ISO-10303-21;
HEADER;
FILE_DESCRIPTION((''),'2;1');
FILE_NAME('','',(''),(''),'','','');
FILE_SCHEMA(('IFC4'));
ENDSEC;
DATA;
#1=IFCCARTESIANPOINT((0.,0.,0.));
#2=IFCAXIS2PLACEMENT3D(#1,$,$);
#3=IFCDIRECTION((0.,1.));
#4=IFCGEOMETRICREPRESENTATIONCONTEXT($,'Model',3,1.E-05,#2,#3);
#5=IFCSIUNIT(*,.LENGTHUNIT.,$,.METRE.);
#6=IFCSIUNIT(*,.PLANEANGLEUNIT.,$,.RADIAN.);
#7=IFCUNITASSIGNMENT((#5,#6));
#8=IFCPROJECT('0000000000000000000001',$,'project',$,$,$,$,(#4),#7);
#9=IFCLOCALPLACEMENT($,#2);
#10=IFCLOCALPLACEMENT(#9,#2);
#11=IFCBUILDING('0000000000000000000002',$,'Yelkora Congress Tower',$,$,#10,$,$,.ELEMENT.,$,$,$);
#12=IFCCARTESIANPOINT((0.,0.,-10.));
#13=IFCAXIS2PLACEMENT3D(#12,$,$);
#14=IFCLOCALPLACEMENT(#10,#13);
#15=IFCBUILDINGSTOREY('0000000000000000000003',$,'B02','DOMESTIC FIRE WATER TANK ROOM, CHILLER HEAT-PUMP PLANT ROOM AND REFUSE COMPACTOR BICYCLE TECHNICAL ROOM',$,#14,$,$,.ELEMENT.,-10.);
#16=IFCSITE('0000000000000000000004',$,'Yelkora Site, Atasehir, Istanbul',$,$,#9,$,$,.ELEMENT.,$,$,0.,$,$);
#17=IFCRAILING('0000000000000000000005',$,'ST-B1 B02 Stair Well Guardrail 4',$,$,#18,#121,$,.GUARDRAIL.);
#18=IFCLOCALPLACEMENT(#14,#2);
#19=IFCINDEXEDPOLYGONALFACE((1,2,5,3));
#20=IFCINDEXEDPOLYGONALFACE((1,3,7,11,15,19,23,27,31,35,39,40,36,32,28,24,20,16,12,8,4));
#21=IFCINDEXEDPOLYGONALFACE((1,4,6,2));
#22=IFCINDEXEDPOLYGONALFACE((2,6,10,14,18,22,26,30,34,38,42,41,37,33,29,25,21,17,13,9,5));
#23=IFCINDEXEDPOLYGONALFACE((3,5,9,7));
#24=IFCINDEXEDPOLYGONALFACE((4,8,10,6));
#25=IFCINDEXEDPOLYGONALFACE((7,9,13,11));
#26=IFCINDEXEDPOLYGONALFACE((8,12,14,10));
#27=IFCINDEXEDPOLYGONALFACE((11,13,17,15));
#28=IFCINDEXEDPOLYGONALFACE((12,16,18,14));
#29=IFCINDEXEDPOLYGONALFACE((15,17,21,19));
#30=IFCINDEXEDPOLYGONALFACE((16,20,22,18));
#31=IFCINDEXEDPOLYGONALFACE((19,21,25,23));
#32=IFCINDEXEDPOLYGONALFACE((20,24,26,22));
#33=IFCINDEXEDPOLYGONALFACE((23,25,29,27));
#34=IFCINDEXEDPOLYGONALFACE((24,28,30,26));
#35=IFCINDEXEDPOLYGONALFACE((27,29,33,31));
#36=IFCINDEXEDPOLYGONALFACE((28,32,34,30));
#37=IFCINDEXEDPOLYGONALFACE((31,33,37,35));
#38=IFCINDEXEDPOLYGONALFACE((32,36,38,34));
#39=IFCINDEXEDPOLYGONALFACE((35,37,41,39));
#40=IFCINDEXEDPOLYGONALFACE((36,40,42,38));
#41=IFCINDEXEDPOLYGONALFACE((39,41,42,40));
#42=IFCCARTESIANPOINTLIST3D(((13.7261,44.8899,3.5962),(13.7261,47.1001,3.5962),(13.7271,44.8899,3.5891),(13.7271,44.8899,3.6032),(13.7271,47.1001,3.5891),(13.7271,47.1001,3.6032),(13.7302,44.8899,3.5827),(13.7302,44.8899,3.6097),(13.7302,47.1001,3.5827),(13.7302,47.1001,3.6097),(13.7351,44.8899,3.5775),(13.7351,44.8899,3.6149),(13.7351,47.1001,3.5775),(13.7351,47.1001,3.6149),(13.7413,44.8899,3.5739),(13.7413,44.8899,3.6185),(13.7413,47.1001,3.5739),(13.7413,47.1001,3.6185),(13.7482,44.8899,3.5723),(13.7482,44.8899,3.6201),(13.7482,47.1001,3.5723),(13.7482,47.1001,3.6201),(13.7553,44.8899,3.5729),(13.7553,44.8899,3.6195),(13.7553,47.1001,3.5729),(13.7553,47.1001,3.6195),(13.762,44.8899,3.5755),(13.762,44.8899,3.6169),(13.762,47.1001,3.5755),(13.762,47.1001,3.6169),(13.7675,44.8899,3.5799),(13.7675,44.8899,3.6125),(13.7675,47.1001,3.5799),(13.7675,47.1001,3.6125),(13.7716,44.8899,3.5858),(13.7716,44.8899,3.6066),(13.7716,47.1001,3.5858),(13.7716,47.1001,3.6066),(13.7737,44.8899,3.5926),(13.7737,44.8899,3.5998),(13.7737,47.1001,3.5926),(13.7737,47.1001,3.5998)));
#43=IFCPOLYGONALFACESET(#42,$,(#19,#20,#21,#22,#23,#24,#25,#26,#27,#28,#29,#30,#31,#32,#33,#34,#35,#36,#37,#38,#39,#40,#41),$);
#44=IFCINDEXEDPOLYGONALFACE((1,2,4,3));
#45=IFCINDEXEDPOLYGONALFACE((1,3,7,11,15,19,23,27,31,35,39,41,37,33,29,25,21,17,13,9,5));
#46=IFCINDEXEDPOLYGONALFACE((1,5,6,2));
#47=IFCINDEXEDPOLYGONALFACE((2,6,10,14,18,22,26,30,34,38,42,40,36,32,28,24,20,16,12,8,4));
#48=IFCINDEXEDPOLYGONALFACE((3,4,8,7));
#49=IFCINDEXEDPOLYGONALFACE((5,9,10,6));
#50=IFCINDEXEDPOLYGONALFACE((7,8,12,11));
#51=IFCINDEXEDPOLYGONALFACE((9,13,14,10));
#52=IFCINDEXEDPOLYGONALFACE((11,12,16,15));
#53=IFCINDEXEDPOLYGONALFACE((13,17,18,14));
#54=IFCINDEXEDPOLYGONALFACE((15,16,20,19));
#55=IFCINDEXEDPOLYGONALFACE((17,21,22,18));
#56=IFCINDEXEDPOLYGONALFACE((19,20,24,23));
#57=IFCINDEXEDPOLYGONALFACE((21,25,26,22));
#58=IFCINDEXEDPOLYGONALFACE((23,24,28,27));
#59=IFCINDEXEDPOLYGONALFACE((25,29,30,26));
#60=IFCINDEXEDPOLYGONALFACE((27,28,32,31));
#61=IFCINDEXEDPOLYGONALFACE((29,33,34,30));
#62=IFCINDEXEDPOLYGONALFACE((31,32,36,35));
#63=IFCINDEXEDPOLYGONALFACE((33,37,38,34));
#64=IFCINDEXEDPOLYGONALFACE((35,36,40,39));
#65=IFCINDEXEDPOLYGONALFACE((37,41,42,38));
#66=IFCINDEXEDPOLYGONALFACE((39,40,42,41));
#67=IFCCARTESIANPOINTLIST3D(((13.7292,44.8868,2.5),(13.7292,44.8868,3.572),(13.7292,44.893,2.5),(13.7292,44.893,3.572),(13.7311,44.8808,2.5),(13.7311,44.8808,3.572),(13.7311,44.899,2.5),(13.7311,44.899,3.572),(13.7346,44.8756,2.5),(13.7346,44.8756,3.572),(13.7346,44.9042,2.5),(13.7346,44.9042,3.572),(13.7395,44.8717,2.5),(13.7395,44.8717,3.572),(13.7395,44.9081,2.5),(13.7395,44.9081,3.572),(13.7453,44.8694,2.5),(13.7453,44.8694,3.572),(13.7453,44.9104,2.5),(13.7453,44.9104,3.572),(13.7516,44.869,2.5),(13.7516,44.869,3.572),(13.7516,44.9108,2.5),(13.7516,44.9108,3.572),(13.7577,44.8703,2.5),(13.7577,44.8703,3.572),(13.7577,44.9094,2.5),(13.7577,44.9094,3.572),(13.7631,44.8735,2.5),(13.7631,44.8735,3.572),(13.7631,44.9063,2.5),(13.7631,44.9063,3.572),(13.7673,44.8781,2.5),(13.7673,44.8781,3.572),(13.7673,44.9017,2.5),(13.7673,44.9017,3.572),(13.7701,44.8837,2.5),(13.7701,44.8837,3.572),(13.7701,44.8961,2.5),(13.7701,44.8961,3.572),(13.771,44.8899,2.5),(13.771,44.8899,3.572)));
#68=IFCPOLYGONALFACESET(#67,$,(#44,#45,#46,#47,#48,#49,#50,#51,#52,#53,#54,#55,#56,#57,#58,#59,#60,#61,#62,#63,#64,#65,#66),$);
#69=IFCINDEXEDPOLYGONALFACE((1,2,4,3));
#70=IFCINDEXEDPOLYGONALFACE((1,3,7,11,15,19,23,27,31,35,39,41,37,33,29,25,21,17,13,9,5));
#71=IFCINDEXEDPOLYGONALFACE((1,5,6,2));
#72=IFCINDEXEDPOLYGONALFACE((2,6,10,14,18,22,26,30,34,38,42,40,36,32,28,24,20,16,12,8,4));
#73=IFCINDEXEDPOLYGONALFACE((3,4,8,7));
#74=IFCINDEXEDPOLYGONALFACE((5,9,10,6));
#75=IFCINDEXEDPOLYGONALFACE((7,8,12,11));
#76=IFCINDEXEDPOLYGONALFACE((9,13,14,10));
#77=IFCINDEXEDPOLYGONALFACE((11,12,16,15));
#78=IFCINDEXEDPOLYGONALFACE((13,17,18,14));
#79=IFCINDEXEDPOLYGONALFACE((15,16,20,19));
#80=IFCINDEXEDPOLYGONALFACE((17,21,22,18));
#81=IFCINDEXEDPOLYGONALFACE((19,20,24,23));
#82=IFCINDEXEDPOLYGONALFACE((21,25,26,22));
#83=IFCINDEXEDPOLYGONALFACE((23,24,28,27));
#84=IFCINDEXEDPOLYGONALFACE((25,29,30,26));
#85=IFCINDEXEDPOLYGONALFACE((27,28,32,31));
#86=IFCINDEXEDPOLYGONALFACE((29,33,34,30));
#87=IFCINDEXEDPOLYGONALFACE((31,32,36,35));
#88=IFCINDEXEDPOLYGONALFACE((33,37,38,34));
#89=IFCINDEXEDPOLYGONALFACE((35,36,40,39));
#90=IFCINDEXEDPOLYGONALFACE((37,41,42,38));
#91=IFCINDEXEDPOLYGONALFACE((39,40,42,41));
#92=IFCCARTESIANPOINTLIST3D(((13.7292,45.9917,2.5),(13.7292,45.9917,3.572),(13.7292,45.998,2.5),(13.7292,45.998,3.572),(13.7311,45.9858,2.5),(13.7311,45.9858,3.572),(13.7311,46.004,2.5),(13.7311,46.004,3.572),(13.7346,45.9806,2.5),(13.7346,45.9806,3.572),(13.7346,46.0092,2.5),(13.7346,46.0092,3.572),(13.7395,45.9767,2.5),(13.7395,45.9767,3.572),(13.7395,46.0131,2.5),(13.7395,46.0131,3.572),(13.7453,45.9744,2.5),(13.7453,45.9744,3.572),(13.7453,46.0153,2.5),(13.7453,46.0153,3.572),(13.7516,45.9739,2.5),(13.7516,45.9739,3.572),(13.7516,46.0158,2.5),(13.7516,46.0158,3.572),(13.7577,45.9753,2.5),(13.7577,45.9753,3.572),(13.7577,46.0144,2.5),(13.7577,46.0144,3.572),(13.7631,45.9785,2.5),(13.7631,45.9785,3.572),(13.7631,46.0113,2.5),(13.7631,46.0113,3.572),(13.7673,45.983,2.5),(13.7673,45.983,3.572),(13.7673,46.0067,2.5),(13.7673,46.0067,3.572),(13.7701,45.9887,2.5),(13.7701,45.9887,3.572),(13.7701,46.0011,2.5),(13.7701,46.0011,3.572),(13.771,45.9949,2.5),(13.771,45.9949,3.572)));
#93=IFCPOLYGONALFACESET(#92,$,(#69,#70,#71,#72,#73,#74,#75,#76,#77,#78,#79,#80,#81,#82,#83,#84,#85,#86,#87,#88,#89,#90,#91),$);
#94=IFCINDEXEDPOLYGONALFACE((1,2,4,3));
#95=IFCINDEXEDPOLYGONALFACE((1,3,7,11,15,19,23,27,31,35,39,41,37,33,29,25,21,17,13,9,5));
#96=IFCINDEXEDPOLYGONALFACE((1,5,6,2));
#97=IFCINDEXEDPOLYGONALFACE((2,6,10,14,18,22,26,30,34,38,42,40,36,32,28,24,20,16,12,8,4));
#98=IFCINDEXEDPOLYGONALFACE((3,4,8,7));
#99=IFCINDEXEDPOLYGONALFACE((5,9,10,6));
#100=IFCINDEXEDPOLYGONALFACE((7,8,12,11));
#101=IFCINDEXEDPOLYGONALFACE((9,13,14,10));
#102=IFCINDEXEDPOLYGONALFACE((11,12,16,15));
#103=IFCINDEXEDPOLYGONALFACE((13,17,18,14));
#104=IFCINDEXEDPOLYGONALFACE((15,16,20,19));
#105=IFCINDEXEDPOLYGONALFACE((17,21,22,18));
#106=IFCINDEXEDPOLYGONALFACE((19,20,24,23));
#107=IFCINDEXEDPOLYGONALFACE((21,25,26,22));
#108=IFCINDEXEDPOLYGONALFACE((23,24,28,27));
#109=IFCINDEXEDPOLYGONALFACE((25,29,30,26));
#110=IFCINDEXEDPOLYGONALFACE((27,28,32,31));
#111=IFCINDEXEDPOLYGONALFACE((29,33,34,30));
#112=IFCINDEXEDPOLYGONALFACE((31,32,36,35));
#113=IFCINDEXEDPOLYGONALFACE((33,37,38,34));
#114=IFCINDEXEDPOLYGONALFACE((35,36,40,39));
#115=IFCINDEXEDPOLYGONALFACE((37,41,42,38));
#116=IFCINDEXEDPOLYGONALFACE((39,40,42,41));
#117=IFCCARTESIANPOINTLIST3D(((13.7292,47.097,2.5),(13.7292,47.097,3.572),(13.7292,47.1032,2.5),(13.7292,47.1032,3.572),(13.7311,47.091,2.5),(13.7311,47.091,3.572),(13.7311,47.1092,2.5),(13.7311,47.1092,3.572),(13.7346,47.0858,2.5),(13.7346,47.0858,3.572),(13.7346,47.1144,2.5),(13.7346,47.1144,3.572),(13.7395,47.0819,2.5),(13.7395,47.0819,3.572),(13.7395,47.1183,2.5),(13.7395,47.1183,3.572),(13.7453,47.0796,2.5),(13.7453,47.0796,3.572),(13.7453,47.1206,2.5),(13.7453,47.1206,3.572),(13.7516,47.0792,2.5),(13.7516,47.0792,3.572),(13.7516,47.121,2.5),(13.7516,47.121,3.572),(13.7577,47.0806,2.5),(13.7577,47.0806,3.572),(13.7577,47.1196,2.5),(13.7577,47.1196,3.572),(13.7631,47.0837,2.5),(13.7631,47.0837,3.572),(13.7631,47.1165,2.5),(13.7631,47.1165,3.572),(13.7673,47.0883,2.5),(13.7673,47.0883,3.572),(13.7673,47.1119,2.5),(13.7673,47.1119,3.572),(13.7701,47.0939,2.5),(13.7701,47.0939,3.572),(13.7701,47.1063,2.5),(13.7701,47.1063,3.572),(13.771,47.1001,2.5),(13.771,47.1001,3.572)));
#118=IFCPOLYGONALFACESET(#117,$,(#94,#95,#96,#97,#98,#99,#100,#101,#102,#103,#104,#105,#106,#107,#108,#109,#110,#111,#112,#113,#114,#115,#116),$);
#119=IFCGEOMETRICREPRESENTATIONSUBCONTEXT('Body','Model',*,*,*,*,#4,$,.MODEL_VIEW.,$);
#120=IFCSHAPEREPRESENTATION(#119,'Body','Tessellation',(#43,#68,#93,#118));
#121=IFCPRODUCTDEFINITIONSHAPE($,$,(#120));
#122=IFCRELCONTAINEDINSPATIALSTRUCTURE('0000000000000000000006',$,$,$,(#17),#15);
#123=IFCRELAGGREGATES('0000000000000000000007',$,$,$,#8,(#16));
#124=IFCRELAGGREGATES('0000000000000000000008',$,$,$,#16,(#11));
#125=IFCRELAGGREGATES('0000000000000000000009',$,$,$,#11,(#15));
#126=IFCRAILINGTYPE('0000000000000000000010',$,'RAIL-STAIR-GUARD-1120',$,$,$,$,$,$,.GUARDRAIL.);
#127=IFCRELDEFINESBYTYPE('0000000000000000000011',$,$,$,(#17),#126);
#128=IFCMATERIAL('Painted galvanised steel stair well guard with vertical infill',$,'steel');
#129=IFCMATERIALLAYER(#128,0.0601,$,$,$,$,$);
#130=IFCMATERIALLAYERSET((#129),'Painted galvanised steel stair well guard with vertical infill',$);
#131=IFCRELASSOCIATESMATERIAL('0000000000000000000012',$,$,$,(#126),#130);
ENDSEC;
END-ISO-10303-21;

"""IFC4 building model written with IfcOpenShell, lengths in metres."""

from ifc_helpers import new_model, si_unit, direction, frame, origin, origin_2d, place, context, subcontext, project, spatial, circle, extrude, material, layer, layer_set, type_object, element, save


model = new_model("IFC4")

# Units and contexts
model_context = context("Model", 3, precision=1e-05, world=origin(), true_north=direction((0.0, 1.0)))
body_context = subcontext(model_context, "Body", "Model", "MODEL_VIEW")
ifc_project = project(units=[si_unit("LENGTHUNIT", "METRE"), si_unit("PLANEANGLEUNIT", "RADIAN")], contexts=[model_context])

# Site, building, storey
site_placement = place(None, origin())
site = spatial("IfcSite", under=ifc_project, at=site_placement, Name="Yelkora Site, Atasehir, Istanbul", CompositionType="ELEMENT", RefElevation=0.0)
building_placement = place(site_placement, origin())
building = spatial("IfcBuilding", under=site, at=building_placement, Name="Yelkora Congress Tower", CompositionType="ELEMENT")
storey_placement = place(building_placement, frame((0.0, 0.0, -10.0)))
storey = spatial("IfcBuildingStorey", under=building, at=storey_placement, Name="B02", Description="DOMESTIC FIRE WATER TANK ROOM, CHILLER HEAT-PUMP PLANT ROOM AND REFUSE COMPACTOR BICYCLE TECHNICAL ROOM", CompositionType="ELEMENT", Elevation=-10.0)

# Railing
ifc_material_1 = material(Name="Painted galvanised steel stair well guard with vertical infill", Category="steel")
ifc_layer_1 = layer(ifc_material_1, 0.0601)
ifc_layer_set_1 = layer_set([ifc_layer_1], Name="Painted galvanised steel stair well guard with vertical infill")
railing_type_1 = type_object("IfcRailingType", Name="RAIL-STAIR-GUARD-1120", PredefinedType="GUARDRAIL", material=ifc_layer_set_1)
for number, where, name in (
    (1, (13.75, 44.8899, 2.5), "ST-B1 B02 Stair Well Guardrail 4"),
):
    element("IfcRailing", number, at=place(storey_placement, frame(where)), inside=storey, type_object=railing_type_1, Name=name, PredefinedType="GUARDRAIL", context=body_context, shape_type="SweptSolid", body=[
        extrude(circle(Radius=0.0239, at=origin_2d()), frame((0.0, 0.0, 1.0962), z_axis=(0.0, 1.0, 0.0), x_axis=(-1.0, 0.0, 0.0)), (0.0, 0.0, 1.0), 2.2102),
        extrude(circle(Radius=0.021, at=origin_2d()), origin(), (0.0, 0.0, 1.0), 1.072),
        extrude(circle(Radius=0.021, at=origin_2d()), frame((0.0, 1.105, 0.0)), (0.0, 0.0, 1.0), 1.072),
        extrude(circle(Radius=0.021, at=origin_2d()), frame((0.0, 2.2102, 0.0)), (0.0, 0.0, 1.0), 1.072),
    ])

save(model, "model.ifc")
